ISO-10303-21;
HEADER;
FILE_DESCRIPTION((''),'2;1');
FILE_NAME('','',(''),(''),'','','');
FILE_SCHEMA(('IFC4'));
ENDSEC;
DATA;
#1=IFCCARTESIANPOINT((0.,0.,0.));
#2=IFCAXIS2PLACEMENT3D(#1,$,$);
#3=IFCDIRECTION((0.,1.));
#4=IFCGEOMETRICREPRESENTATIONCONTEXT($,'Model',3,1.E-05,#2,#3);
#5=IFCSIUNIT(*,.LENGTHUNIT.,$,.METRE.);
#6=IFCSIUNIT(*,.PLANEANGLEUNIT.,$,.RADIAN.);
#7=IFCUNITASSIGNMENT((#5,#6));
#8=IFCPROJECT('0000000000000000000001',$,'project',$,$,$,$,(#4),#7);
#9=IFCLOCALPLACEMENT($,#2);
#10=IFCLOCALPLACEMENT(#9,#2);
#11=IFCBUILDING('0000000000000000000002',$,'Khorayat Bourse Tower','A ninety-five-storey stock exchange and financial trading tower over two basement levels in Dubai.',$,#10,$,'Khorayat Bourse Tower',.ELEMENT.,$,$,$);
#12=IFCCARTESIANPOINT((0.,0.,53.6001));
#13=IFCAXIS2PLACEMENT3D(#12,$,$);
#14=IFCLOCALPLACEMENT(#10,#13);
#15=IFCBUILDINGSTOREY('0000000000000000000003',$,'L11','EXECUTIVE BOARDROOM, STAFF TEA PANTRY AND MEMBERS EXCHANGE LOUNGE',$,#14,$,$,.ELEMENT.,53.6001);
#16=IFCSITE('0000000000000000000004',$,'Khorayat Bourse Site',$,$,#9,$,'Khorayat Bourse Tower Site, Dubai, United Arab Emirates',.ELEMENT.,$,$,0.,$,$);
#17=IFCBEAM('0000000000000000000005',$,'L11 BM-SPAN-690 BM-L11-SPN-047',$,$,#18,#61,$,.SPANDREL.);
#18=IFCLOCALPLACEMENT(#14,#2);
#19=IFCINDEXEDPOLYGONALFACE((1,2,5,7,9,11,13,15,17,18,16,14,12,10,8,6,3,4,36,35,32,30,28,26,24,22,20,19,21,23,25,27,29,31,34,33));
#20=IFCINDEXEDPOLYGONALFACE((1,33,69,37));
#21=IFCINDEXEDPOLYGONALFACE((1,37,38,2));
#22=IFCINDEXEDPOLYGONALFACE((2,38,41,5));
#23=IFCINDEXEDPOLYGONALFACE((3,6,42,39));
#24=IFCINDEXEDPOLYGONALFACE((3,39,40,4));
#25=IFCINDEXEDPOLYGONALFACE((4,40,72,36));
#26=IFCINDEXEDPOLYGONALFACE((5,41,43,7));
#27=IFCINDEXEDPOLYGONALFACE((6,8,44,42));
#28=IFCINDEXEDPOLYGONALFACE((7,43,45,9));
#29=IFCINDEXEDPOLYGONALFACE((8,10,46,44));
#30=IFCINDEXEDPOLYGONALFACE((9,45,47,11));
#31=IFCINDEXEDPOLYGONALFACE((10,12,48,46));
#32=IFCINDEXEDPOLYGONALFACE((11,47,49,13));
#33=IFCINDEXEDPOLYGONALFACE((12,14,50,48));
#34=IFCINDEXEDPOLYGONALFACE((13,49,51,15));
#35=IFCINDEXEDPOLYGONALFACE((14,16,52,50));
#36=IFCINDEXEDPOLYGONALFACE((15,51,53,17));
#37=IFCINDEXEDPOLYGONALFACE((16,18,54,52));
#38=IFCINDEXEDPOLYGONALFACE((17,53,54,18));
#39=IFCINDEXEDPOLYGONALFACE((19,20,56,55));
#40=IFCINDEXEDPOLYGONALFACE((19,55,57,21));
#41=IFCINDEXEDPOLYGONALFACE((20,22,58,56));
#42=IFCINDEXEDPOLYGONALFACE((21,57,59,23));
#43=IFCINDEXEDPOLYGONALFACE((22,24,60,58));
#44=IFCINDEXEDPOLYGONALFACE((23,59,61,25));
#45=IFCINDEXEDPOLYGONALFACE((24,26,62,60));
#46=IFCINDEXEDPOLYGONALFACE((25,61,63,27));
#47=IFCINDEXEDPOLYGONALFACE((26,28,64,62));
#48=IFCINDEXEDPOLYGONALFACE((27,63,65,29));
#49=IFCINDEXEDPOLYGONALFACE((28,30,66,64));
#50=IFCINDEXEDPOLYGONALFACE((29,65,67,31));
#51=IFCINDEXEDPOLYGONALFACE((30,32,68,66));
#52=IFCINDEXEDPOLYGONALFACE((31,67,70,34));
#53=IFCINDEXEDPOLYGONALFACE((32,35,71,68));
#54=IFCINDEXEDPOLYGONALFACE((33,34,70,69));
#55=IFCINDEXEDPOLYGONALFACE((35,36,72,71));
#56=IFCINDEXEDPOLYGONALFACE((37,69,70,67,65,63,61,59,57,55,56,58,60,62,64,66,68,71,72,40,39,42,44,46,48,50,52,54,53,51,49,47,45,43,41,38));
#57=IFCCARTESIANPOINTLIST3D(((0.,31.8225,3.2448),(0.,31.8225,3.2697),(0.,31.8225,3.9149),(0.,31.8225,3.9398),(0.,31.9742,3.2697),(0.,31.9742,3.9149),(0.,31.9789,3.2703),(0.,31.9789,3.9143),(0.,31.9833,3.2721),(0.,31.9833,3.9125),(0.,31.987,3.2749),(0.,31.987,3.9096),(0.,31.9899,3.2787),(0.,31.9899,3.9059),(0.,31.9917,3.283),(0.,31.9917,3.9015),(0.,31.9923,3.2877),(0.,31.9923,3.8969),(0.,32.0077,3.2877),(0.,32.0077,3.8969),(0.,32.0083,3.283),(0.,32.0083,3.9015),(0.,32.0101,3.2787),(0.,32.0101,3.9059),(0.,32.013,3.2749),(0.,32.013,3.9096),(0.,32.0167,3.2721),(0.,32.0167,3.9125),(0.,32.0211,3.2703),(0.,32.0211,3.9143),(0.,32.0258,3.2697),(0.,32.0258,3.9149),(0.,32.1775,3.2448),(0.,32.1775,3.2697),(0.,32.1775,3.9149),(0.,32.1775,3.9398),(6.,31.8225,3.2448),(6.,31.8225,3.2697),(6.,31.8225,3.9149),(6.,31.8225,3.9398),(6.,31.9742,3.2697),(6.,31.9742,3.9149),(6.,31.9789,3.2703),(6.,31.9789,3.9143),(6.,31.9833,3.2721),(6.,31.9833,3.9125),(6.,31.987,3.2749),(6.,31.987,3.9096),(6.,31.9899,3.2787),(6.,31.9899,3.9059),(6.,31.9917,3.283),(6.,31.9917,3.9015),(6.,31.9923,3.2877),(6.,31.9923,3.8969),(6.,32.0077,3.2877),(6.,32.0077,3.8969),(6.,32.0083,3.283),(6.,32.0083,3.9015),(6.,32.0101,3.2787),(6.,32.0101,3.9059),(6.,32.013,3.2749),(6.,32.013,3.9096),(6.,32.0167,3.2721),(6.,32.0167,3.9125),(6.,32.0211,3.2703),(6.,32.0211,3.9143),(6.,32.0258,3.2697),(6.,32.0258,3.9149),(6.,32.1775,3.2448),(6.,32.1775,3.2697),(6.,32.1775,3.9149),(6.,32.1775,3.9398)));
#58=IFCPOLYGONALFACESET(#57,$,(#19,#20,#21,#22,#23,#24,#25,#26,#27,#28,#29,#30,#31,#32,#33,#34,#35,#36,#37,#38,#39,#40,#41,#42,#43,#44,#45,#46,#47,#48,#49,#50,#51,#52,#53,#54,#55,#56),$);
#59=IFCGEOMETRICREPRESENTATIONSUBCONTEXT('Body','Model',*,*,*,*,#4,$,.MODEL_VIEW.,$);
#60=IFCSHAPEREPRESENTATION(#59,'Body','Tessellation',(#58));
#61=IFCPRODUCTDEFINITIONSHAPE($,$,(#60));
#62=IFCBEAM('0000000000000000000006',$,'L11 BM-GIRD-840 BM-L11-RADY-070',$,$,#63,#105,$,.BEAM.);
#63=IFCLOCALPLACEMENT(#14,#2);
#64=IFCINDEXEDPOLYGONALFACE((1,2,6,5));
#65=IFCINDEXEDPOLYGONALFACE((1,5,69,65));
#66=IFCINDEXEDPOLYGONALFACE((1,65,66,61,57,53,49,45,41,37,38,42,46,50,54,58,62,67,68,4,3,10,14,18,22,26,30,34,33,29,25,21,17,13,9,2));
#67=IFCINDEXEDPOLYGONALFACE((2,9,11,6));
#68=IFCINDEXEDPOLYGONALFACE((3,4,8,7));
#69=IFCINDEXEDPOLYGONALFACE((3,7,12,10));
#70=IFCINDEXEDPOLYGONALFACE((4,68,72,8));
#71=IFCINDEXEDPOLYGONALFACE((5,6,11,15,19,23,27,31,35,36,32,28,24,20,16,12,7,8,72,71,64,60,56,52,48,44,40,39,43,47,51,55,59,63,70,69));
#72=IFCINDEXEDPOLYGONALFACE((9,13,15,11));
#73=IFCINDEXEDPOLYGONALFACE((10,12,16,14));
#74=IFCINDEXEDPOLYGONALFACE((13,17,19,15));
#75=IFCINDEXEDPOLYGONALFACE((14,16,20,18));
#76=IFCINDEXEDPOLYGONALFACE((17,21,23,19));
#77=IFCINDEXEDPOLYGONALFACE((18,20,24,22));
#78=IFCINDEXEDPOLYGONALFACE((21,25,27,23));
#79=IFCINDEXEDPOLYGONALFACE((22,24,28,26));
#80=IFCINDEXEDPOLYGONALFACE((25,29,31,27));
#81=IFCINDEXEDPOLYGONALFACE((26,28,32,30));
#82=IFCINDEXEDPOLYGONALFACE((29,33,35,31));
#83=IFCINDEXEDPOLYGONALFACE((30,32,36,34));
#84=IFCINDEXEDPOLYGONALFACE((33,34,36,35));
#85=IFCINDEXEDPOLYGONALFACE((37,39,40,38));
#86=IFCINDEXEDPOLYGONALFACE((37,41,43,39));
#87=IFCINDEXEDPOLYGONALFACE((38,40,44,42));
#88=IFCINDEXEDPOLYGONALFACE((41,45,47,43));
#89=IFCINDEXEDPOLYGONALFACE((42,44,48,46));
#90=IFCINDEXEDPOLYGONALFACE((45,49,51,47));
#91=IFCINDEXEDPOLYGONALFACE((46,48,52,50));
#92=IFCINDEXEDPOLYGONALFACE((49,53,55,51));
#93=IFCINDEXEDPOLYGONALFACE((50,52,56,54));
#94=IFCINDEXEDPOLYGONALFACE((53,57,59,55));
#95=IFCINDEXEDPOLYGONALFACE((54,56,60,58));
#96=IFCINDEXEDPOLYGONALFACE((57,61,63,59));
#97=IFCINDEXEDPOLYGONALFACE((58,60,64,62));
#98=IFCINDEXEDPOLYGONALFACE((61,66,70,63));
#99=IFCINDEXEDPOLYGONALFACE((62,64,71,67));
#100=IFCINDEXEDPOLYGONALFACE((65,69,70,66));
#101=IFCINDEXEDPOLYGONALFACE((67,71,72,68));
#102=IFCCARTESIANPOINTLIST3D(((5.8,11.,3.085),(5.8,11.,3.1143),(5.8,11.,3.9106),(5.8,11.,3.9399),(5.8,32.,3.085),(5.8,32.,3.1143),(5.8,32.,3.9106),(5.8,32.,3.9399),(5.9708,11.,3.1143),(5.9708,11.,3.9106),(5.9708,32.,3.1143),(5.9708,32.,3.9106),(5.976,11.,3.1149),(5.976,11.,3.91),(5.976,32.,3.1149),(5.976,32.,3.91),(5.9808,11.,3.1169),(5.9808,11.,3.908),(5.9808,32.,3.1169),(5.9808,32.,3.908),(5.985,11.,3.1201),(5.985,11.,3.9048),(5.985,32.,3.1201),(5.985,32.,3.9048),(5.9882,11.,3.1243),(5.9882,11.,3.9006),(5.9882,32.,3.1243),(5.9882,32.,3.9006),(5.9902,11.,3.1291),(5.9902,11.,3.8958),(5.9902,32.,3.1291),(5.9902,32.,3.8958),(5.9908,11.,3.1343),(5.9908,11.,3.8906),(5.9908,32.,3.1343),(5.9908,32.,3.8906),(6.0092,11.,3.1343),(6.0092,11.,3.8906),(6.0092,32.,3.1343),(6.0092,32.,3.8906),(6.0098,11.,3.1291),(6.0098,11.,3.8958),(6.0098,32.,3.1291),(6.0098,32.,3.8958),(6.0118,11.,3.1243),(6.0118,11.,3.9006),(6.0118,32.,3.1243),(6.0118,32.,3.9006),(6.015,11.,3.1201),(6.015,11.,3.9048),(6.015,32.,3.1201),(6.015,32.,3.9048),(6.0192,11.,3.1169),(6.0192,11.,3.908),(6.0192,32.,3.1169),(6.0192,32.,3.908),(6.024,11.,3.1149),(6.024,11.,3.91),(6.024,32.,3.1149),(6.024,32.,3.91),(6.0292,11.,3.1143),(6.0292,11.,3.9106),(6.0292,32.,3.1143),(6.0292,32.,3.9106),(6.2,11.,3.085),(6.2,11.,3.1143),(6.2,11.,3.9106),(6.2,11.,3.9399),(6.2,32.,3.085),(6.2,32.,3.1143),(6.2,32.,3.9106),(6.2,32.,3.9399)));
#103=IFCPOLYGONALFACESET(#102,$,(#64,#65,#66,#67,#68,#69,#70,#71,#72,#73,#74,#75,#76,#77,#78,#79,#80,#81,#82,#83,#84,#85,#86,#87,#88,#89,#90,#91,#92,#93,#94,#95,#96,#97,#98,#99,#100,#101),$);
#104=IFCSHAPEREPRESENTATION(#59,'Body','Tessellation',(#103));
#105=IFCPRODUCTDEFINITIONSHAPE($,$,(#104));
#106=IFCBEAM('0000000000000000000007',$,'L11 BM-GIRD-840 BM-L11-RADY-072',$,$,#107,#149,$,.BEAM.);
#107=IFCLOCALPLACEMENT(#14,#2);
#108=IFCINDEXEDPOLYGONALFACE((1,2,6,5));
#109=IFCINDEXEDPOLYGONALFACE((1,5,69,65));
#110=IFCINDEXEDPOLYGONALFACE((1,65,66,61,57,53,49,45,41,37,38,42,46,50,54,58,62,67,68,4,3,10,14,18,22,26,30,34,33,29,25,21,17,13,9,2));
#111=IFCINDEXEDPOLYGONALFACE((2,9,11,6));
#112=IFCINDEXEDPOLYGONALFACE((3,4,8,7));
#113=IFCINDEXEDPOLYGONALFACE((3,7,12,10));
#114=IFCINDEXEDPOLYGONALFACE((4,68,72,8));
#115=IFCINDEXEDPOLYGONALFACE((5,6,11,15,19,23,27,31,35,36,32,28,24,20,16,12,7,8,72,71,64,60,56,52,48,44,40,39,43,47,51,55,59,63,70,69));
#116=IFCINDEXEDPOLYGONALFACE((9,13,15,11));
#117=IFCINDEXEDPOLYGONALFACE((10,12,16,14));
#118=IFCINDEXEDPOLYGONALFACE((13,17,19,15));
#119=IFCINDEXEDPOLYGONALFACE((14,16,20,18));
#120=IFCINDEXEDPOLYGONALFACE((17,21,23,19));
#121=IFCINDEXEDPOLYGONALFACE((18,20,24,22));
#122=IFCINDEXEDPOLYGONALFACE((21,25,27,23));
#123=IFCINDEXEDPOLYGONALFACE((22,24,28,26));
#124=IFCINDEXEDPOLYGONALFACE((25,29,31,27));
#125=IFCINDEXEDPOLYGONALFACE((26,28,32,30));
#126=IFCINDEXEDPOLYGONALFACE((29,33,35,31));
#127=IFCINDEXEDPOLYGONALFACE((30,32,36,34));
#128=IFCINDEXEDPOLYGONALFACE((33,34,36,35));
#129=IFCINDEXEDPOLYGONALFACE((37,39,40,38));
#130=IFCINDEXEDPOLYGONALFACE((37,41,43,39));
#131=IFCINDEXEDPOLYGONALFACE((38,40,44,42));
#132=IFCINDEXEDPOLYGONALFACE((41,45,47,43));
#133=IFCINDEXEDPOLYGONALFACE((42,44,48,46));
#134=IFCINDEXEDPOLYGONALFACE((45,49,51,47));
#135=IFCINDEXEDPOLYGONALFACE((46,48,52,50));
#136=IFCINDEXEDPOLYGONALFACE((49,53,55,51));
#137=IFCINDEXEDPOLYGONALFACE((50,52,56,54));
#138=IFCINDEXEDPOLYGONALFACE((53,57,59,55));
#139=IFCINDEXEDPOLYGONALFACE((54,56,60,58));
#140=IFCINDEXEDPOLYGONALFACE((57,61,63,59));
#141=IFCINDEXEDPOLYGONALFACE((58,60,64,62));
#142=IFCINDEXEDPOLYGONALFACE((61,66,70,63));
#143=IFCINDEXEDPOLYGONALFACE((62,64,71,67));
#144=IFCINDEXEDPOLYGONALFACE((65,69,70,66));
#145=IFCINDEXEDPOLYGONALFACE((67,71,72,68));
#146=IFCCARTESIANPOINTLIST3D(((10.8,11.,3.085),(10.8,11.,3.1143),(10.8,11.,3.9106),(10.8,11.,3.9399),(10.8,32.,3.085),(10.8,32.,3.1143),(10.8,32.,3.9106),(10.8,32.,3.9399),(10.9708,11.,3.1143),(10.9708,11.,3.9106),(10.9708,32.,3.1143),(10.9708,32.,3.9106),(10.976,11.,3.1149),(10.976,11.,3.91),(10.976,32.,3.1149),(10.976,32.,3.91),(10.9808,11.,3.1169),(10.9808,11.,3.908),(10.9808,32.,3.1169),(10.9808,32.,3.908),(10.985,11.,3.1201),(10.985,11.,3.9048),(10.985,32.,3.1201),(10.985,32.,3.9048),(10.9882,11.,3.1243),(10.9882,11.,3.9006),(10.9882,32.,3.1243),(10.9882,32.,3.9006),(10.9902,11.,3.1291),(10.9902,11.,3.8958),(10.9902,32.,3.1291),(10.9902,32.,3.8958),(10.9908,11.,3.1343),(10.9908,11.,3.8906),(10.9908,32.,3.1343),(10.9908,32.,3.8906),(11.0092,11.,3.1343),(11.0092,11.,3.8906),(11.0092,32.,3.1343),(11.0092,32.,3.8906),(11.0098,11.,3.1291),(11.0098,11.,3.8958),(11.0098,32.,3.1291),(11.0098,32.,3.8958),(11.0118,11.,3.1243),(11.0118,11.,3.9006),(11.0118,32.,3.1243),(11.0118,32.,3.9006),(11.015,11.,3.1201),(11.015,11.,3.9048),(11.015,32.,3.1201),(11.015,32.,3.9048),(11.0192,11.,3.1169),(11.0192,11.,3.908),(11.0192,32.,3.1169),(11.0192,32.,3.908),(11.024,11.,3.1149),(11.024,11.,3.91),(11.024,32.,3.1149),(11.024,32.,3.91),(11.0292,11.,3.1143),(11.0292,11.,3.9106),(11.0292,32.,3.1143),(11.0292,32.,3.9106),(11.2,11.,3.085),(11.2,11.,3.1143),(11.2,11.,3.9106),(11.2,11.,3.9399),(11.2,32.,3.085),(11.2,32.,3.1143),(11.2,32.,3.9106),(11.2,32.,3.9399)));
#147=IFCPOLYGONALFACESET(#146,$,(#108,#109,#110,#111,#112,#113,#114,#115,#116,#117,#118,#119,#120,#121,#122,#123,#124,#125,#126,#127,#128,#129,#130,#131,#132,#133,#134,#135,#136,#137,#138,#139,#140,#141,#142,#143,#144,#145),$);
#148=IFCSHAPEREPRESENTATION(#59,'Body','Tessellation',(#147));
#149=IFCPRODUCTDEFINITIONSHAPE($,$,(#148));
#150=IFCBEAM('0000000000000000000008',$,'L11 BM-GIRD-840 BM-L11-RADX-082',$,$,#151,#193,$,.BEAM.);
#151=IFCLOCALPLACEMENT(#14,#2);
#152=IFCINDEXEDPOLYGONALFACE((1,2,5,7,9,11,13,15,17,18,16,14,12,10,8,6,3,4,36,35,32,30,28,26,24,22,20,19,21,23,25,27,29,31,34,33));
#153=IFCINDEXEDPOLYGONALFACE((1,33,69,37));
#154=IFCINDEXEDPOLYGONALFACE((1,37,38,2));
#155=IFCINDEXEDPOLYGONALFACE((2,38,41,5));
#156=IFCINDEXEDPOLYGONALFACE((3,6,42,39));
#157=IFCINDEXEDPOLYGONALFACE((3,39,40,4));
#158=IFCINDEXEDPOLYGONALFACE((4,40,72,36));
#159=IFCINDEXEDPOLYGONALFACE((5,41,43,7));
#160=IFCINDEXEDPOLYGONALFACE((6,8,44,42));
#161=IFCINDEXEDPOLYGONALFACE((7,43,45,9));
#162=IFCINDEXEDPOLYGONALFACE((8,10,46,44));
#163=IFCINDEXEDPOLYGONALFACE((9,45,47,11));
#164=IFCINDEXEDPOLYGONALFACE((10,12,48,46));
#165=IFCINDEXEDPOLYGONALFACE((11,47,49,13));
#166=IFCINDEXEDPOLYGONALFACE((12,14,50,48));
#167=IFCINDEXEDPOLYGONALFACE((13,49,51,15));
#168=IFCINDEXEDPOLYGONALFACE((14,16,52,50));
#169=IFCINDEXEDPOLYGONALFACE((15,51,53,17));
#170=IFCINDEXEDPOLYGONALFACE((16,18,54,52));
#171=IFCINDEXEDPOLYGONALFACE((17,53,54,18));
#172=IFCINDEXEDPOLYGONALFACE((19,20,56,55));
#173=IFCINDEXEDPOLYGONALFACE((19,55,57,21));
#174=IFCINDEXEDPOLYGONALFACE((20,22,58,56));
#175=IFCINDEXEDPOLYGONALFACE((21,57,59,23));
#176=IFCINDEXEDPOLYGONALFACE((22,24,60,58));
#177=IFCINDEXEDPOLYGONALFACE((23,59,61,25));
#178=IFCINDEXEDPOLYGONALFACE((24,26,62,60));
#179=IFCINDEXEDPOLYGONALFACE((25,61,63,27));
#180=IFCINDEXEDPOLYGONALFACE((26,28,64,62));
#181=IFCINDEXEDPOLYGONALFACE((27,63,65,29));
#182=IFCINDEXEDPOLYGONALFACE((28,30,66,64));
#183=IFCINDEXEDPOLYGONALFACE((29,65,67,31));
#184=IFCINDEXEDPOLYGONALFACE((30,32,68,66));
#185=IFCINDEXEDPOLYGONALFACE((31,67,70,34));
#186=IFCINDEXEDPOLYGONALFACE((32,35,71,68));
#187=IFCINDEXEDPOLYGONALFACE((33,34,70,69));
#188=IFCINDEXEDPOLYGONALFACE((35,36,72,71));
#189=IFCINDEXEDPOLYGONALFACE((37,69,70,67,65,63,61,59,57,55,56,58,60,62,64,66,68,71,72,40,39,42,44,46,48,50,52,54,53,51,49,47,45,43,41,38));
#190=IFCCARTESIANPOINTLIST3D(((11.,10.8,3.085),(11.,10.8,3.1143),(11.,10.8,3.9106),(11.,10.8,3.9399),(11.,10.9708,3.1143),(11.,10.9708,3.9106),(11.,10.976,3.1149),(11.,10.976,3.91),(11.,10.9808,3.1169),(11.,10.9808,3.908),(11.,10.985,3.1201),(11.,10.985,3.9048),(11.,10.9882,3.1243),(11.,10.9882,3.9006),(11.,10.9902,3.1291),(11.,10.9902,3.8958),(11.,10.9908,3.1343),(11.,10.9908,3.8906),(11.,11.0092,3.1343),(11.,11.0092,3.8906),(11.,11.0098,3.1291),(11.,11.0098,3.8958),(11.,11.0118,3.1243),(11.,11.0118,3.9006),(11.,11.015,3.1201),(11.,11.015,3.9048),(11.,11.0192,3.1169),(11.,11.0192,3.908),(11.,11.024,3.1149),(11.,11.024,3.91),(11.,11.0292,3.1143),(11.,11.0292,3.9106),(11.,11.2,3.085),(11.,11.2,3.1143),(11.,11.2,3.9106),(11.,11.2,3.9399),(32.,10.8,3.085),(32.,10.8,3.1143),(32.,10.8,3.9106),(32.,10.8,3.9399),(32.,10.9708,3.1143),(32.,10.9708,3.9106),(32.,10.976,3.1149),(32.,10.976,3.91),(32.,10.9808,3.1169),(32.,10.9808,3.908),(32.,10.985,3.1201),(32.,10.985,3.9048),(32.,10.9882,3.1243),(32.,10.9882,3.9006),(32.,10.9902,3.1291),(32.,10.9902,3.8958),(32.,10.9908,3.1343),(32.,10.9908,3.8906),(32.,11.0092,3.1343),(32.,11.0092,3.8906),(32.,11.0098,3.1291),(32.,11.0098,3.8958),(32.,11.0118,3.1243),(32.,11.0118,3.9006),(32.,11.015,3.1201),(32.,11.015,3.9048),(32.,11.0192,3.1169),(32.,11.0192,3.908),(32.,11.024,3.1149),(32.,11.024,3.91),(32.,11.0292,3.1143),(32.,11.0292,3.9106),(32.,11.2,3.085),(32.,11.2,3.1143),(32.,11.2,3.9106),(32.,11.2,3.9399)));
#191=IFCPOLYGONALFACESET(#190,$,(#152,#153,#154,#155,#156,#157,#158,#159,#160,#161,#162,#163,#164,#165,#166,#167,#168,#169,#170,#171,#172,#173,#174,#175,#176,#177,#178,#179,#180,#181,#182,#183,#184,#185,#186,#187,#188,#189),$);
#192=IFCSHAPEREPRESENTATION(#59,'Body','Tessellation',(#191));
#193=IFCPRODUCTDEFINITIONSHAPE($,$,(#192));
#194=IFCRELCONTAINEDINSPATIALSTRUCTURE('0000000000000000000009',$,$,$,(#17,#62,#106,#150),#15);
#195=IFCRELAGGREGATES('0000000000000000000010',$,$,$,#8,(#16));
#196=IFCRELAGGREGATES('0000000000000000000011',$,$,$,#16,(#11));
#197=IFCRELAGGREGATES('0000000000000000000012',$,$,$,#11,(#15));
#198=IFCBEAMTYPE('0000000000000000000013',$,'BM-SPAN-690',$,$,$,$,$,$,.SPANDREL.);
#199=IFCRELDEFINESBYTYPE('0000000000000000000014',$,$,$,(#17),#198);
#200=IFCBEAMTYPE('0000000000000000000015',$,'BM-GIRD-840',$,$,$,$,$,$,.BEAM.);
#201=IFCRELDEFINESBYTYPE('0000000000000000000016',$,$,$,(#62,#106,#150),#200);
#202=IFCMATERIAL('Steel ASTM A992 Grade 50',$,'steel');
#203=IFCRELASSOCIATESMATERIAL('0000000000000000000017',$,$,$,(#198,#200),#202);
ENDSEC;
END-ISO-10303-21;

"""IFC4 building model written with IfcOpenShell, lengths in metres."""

from ifc_helpers import new_model, si_unit, direction, frame, origin, origin_2d, place, context, subcontext, project, spatial, i_section, extrude, source, transform, mapped, material, material_profile, profile_set, type_object, element, save


model = new_model("IFC4")

# Units and contexts
model_context = context("Model", 3, precision=1e-05, world=origin(), true_north=direction((0.0, 1.0)))
body_context = subcontext(model_context, "Body", "Model", "MODEL_VIEW")
ifc_project = project(units=[si_unit("LENGTHUNIT", "METRE"), si_unit("PLANEANGLEUNIT", "RADIAN")], contexts=[model_context])

# Site, building, storey
site_placement = place(None, origin())
site = spatial("IfcSite", under=ifc_project, at=site_placement, Name="Khorayat Bourse Site", LongName="Khorayat Bourse Tower Site, Dubai, United Arab Emirates", CompositionType="ELEMENT", RefElevation=0.0)
building_placement = place(site_placement, origin())
building = spatial("IfcBuilding", under=site, at=building_placement, Name="Khorayat Bourse Tower", Description="A ninety-five-storey stock exchange and financial trading tower over two basement levels in Dubai.", LongName="Khorayat Bourse Tower", CompositionType="ELEMENT")
storey_placement = place(building_placement, frame((0.0, 0.0, 53.6001)))
storey = spatial("IfcBuildingStorey", under=building, at=storey_placement, Name="L11", Description="EXECUTIVE BOARDROOM, STAFF TEA PANTRY AND MEMBERS EXCHANGE LOUNGE", CompositionType="ELEMENT", Elevation=53.6001)

# Beams
ifc_material_1 = material(Name="Steel ASTM A992 Grade 50", Category="steel")
ifc_material_profile_1 = material_profile(ifc_material_1, i_section(OverallWidth=0.355, OverallDepth=0.6951, WebThickness=0.0154, FlangeThickness=0.0249, FilletRadius=0.0181, at=origin_2d()), Name="W690X217")
ifc_profile_set_1 = profile_set([ifc_material_profile_1], Name="Steel ASTM A992 Grade 50")
beam_type_1 = type_object("IfcBeamType", Name="BM-SPAN-690", PredefinedType="SPANDREL", material=ifc_profile_set_1)
shared_shape_1 = source(origin(), body_context, "Body", "SweptSolid", [
    extrude(i_section(OverallWidth=0.355, OverallDepth=0.6951, WebThickness=0.0154, FlangeThickness=0.0249, FilletRadius=0.0181, at=origin_2d()), origin(), (0.0, 0.0, 1.0), 6.0),
])
beam_1_placement = place(storey_placement, frame((0.0, 32.0, 3.5923), z_axis=(1.0, 0.0, 0.0), x_axis=(0.0, 1.0, 0.0)))
element("IfcBeam", 1, at=beam_1_placement, inside=storey, type_object=beam_type_1, Name="L11 BM-SPAN-690 BM-L11-SPN-047", PredefinedType="SPANDREL", context=body_context, shape_type="MappedRepresentation", body=[
    mapped(shared_shape_1, transform((0.0, 0.0, 0.0), scale=1.0)),
])
ifc_material_profile_2 = material_profile(ifc_material_1, i_section(OverallWidth=0.3999, OverallDepth=0.855, WebThickness=0.0183, FlangeThickness=0.0293, FilletRadius=0.02, at=origin_2d()), Name="W840X299")
ifc_profile_set_2 = profile_set([ifc_material_profile_2], Name="Steel ASTM A992 Grade 50")
beam_type_2 = type_object("IfcBeamType", Name="BM-GIRD-840", PredefinedType="BEAM", material=ifc_profile_set_2)
shared_shape_2 = source(origin(), body_context, "Body", "SweptSolid", [
    extrude(i_section(OverallWidth=0.3999, OverallDepth=0.855, WebThickness=0.0183, FlangeThickness=0.0293, FilletRadius=0.02, at=origin_2d()), origin(), (0.0, 0.0, 1.0), 21.0),
])
for number, where, z_axis, x_axis, name in (
    (2, (6.0, 11.0, 3.5125), (0.0, 1.0, 0.0), (-1.0, 0.0, 0.0), "L11 BM-GIRD-840 BM-L11-RADY-070"),
    (3, (11.0, 11.0, 3.5125), (0.0, 1.0, 0.0), (-1.0, 0.0, 0.0), "L11 BM-GIRD-840 BM-L11-RADY-072"),
    (4, (11.0, 11.0, 3.5125), (1.0, 0.0, 0.0), (0.0, 1.0, 0.0), "L11 BM-GIRD-840 BM-L11-RADX-082"),
):
    element("IfcBeam", number, at=place(storey_placement, frame(where, z_axis=z_axis, x_axis=x_axis)), inside=storey, type_object=beam_type_2, Name=name, PredefinedType="BEAM", context=body_context, shape_type="MappedRepresentation", body=[
        mapped(shared_shape_2, transform((0.0, 0.0, 0.0), scale=1.0)),
    ])

save(model, "model.ifc")
